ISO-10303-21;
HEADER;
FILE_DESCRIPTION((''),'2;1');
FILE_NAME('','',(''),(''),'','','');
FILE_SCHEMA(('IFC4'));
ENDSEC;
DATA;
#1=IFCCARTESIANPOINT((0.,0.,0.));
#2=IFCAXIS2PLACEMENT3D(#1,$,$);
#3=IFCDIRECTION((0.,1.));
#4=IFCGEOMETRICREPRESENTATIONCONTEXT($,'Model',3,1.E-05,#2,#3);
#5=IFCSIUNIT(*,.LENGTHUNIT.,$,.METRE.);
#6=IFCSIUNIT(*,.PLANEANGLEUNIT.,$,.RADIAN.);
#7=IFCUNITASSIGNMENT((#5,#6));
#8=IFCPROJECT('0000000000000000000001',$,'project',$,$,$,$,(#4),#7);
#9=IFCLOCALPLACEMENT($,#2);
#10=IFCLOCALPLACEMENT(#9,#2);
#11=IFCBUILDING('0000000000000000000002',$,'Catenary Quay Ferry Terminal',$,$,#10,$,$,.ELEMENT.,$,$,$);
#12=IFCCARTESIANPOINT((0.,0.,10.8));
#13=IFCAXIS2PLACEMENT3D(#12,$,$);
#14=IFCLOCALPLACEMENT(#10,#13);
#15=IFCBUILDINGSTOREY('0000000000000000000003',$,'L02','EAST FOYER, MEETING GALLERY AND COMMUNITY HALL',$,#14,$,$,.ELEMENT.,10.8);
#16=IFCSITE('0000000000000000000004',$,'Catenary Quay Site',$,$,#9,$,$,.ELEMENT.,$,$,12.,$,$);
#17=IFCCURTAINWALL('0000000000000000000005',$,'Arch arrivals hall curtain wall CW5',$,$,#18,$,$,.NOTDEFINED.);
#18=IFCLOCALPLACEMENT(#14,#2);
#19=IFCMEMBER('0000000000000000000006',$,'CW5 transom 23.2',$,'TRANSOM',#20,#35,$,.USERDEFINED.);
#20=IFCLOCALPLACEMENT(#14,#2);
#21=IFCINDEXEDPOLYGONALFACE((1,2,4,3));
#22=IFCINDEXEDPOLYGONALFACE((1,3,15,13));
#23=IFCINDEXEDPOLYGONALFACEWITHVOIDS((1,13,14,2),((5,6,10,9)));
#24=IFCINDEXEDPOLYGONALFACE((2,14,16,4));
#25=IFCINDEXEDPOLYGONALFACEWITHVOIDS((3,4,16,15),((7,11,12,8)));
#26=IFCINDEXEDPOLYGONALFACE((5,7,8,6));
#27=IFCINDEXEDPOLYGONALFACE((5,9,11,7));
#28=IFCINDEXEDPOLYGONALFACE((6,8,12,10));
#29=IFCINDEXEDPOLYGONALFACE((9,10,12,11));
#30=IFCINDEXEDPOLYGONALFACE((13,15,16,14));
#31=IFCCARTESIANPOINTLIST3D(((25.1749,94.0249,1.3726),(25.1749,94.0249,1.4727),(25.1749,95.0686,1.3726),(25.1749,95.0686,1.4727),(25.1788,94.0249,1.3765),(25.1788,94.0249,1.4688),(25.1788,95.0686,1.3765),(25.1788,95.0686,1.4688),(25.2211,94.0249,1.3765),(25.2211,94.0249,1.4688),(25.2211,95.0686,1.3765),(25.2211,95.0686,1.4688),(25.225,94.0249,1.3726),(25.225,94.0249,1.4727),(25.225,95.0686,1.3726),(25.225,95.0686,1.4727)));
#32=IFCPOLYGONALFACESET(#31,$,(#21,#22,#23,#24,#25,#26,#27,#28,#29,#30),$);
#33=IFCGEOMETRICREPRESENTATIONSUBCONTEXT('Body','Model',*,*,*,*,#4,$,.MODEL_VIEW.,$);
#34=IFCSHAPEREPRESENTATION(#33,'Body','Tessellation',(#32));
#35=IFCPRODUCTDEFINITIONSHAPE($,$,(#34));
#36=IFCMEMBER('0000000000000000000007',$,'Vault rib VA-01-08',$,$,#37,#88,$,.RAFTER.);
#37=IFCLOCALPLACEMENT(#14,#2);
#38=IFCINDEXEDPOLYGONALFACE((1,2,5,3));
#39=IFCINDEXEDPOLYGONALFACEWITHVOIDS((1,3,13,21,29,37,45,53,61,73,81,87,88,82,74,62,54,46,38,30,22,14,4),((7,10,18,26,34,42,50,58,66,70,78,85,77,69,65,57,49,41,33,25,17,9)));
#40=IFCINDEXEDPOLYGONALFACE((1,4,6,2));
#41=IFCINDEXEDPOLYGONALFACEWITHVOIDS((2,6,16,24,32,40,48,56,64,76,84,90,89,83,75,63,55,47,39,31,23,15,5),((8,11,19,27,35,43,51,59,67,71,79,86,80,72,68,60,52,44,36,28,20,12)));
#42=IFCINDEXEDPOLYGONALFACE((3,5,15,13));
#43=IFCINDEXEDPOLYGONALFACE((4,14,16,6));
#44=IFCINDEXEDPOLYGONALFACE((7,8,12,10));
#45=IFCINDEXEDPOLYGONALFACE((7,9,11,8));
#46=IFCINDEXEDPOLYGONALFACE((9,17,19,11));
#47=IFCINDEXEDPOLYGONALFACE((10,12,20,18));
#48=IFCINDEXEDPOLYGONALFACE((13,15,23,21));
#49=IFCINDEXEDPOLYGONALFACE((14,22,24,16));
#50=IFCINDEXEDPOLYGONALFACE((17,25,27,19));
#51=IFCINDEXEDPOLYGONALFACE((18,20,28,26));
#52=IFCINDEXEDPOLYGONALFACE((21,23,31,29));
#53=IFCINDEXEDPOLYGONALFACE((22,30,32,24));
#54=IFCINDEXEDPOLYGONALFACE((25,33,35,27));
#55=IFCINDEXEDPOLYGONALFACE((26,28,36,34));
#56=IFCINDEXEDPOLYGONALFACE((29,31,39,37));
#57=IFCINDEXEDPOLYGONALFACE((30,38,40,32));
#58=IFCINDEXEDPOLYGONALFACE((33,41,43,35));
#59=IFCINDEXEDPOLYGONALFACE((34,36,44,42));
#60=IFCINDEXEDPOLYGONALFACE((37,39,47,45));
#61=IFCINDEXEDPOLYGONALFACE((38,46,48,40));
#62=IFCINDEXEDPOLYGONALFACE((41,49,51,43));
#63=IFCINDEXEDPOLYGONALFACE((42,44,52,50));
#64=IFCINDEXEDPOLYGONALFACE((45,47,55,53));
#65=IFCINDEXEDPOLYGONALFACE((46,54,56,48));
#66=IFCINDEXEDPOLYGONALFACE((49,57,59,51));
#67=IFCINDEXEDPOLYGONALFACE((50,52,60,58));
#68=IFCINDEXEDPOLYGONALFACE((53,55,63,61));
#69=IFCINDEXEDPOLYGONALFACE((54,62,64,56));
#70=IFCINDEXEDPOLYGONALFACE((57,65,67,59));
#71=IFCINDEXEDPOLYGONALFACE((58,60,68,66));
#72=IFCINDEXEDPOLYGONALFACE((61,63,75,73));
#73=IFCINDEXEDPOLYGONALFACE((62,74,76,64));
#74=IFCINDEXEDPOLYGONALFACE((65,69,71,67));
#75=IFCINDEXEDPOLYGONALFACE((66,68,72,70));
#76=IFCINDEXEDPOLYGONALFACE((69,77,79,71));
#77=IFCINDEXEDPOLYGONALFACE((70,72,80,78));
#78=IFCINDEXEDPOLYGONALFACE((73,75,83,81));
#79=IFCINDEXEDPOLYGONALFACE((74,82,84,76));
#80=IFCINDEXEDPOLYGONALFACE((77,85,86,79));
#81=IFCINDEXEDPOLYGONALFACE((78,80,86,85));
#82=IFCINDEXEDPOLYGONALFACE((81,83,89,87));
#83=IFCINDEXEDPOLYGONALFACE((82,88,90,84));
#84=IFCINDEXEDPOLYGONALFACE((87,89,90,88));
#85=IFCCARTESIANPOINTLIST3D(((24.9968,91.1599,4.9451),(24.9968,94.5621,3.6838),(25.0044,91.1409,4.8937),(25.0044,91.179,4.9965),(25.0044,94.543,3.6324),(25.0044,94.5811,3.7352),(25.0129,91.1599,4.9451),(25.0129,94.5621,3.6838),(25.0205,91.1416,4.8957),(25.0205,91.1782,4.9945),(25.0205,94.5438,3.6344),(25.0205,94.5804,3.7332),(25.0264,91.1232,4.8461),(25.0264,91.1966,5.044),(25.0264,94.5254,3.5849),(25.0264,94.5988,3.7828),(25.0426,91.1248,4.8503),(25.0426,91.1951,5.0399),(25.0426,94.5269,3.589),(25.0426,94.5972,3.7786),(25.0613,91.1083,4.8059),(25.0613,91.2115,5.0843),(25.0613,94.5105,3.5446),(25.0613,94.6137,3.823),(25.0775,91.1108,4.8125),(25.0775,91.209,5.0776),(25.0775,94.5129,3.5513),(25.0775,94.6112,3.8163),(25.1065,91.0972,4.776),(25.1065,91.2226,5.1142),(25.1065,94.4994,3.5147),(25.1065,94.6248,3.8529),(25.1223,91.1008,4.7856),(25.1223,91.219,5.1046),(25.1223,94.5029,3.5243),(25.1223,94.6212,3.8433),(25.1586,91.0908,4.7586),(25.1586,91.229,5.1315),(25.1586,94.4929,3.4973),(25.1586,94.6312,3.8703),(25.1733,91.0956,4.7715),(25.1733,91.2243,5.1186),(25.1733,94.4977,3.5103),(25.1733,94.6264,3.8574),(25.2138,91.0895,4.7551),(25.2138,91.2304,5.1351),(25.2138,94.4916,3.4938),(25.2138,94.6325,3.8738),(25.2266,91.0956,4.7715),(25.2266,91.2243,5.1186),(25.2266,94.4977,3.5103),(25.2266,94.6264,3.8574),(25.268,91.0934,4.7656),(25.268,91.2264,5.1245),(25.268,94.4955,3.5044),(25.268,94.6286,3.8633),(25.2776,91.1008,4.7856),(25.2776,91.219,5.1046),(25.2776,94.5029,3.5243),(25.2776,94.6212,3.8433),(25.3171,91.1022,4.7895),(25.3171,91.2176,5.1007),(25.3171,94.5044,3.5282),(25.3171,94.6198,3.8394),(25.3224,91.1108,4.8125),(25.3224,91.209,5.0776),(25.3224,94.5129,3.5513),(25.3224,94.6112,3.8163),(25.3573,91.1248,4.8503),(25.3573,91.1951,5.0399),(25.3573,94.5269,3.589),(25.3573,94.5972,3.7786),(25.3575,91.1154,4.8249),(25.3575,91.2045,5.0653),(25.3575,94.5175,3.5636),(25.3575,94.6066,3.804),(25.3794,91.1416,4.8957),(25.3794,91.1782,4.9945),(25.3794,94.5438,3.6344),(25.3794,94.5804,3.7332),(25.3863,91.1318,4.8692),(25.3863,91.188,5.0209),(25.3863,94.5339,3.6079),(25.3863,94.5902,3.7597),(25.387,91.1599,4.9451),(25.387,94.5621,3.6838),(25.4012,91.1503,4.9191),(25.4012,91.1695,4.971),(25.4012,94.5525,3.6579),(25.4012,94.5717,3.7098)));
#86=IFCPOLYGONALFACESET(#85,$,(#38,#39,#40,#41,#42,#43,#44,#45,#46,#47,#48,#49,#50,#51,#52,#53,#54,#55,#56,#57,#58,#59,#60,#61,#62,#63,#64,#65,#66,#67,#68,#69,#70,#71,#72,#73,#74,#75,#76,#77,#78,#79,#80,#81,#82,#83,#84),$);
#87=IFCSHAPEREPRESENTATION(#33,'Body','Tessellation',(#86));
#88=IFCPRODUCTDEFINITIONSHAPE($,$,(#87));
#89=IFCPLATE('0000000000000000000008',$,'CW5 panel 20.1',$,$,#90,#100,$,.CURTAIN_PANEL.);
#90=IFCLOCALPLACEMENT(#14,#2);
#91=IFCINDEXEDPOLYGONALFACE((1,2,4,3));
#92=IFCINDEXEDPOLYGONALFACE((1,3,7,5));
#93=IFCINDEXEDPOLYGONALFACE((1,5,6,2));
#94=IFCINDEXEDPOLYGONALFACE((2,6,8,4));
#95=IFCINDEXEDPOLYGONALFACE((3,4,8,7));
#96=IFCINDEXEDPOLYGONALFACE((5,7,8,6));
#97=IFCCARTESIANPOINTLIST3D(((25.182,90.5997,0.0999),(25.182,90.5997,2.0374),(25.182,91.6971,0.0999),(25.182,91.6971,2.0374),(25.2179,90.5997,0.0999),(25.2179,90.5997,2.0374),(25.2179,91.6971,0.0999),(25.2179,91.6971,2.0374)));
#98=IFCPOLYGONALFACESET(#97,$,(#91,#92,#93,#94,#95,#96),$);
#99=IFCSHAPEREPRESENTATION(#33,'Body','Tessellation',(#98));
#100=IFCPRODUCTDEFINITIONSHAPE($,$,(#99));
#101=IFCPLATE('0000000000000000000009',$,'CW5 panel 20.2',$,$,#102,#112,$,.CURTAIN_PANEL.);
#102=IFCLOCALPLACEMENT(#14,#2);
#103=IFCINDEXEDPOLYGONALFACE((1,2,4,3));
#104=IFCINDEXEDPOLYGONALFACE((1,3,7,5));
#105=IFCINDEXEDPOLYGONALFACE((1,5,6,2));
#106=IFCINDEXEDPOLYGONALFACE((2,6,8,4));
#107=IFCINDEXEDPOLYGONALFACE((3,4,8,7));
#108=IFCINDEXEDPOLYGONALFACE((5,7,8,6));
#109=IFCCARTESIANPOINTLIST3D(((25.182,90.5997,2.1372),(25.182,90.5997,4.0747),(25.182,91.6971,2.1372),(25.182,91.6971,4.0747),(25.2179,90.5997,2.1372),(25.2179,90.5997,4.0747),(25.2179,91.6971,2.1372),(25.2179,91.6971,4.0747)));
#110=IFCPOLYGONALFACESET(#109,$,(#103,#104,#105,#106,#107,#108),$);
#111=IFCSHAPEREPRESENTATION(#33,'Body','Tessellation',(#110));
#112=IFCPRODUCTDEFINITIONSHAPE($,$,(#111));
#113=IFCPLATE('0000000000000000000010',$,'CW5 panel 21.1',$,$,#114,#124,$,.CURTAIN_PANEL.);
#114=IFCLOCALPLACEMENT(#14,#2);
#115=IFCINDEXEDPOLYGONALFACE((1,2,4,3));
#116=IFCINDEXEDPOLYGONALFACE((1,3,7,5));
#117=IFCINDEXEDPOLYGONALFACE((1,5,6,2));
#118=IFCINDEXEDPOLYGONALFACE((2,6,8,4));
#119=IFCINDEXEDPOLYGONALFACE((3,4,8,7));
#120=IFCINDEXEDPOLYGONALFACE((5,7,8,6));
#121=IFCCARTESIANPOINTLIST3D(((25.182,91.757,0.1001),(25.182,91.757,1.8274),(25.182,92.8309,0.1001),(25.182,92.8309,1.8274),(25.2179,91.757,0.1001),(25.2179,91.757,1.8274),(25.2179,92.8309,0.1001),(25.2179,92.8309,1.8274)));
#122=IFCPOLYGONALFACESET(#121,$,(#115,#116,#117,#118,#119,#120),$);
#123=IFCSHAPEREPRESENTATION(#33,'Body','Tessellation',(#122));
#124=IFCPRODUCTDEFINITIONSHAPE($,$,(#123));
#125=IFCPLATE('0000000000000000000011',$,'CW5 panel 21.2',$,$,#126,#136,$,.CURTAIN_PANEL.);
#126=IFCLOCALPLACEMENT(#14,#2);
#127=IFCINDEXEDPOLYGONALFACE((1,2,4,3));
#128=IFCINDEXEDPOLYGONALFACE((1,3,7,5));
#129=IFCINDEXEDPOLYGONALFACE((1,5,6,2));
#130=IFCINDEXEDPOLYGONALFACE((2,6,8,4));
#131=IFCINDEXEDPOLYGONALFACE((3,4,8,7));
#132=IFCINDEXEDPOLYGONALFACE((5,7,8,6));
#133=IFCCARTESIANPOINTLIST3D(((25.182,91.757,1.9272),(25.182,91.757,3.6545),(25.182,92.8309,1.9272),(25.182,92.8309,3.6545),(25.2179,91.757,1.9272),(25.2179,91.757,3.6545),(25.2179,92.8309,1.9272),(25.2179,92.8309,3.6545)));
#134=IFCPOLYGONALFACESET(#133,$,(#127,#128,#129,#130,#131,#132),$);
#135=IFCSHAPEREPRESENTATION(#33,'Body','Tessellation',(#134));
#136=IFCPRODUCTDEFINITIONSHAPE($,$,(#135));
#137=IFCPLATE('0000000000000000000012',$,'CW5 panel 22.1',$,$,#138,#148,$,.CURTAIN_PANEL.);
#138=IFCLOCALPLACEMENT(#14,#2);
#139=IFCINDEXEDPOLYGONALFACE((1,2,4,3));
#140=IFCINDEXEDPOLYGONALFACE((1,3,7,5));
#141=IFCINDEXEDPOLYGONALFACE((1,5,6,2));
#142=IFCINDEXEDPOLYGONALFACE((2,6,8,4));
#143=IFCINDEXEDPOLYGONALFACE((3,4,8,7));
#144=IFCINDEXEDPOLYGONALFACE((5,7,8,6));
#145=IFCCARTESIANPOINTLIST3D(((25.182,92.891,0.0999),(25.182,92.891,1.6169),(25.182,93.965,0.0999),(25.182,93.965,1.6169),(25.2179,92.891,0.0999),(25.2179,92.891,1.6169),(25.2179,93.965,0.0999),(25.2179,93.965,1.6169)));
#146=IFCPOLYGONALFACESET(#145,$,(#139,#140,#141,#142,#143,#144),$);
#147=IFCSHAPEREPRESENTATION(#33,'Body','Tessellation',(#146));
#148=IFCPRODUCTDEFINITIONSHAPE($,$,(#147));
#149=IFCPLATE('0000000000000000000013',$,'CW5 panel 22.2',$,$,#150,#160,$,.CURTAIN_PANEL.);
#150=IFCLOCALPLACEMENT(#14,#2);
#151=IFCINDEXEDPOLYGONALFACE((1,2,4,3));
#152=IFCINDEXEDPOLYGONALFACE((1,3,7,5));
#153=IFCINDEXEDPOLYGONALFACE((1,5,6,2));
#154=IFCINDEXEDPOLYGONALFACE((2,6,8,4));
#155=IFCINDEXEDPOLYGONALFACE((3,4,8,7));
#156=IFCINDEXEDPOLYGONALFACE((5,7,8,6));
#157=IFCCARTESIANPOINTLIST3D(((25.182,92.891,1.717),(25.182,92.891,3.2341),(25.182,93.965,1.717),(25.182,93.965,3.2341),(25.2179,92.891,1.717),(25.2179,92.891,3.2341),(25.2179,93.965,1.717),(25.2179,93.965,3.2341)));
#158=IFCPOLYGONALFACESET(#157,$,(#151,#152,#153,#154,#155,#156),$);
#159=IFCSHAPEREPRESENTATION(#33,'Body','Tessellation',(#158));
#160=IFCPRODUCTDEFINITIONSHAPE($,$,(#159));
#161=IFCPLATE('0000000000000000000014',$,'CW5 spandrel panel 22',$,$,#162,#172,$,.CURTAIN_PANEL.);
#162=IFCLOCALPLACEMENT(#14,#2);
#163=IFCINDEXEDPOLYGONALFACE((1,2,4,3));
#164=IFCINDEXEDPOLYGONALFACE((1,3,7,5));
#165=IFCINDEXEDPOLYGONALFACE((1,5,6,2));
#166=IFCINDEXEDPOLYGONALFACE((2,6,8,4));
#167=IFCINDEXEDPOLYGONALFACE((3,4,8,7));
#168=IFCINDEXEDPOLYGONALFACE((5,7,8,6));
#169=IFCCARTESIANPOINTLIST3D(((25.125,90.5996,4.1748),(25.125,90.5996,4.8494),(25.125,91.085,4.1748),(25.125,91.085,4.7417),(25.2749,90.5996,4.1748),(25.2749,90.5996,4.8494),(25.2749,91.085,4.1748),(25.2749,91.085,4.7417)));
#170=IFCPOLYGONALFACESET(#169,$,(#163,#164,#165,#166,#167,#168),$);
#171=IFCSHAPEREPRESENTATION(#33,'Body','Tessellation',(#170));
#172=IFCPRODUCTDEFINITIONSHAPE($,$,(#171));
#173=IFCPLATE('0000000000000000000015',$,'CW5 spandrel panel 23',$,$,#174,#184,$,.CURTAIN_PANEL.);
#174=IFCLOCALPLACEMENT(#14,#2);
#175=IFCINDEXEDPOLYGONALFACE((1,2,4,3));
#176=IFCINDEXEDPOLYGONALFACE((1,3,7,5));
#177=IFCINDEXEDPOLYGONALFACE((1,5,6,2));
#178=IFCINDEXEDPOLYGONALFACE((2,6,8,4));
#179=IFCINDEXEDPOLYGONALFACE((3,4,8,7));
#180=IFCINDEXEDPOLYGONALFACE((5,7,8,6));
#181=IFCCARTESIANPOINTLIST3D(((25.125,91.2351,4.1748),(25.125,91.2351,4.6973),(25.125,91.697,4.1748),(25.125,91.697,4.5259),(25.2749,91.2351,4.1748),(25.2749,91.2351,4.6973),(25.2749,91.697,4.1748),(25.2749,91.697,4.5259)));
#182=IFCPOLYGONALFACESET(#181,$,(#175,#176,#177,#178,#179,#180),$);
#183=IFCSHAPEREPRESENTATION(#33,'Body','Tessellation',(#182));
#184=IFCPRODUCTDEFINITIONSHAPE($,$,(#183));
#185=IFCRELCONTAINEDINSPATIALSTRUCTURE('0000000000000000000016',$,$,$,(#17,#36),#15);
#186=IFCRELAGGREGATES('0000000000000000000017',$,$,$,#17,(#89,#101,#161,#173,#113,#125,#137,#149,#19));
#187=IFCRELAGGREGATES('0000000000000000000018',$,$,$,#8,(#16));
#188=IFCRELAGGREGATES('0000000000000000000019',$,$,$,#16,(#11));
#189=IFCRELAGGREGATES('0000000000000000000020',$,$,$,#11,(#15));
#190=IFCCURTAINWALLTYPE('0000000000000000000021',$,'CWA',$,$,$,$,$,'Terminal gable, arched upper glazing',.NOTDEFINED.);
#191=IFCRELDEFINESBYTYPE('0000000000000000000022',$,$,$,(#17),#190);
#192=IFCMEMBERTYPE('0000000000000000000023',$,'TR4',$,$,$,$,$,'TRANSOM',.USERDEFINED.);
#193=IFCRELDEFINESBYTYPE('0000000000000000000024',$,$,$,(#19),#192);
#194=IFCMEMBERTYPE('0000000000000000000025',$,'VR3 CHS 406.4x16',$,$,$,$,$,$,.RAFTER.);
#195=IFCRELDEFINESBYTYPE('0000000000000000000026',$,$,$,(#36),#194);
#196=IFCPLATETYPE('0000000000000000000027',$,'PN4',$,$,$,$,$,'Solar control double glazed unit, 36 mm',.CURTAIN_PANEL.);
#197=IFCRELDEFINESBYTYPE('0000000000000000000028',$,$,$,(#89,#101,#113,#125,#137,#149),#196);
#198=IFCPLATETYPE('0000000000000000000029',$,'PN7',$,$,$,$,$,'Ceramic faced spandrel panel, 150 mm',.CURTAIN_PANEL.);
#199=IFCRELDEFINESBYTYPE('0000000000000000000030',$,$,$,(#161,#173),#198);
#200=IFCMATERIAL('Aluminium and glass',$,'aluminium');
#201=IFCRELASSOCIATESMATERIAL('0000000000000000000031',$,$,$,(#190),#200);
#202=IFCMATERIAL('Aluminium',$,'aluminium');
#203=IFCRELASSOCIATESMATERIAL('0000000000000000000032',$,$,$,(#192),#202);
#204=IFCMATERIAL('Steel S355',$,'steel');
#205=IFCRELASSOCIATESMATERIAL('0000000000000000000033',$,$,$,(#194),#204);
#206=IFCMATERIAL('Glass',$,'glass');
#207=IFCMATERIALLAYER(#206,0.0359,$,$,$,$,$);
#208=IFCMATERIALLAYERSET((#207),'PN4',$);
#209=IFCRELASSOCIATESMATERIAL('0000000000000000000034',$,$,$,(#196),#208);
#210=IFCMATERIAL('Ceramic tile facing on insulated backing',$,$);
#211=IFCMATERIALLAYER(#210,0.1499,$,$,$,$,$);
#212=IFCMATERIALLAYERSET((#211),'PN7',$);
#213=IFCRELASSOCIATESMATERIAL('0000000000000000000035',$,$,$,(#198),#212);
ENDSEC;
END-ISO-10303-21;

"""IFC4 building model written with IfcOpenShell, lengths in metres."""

from ifc_helpers import new_model, si_unit, direction, frame, origin, origin_2d, place, context, subcontext, project, spatial, polyline, rectangle, hollow_rectangle, hollow_circle, outline, extrude, material, layer, layer_set, material_profile, profile_set, type_object, element, aggregate, save


model = new_model("IFC4")

# Units and contexts
model_context = context("Model", 3, precision=1e-05, world=origin(), true_north=direction((0.0, 1.0)))
body_context = subcontext(model_context, "Body", "Model", "MODEL_VIEW")
ifc_project = project(units=[si_unit("LENGTHUNIT", "METRE"), si_unit("PLANEANGLEUNIT", "RADIAN")], contexts=[model_context])

# Site, building, storey
site_placement = place(None, origin())
site = spatial("IfcSite", under=ifc_project, at=site_placement, Name="Catenary Quay Site", CompositionType="ELEMENT", RefElevation=12.0)
building_placement = place(site_placement, origin())
building = spatial("IfcBuilding", under=site, at=building_placement, Name="Catenary Quay Ferry Terminal", CompositionType="ELEMENT")
storey_placement = place(building_placement, frame((0.0, 0.0, 10.8)))
storey = spatial("IfcBuildingStorey", under=building, at=storey_placement, Name="L02", Description="EAST FOYER, MEETING GALLERY AND COMMUNITY HALL", CompositionType="ELEMENT", Elevation=10.8)

# Curtain wall, member
ifc_material_1 = material(Name="Aluminium and glass", Category="aluminium")
curtain_wall_type = type_object("IfcCurtainWallType", Name="CWA", ElementType="Terminal gable, arched upper glazing", PredefinedType="NOTDEFINED", material=ifc_material_1)
curtain_wall_placement = place(storey_placement, origin())
curtain_wall = element("IfcCurtainWall", 1, at=curtain_wall_placement, inside=storey, type_object=curtain_wall_type, Name="Arch arrivals hall curtain wall CW5", PredefinedType="NOTDEFINED")
ifc_material_2 = material(Name="Aluminium", Category="aluminium")
ifc_material_profile_1 = material_profile(ifc_material_2, hollow_rectangle(XDim=0.05, YDim=0.1001, WallThickness=0.0039, at=origin_2d()), Name="TR4")
ifc_profile_set_1 = profile_set([ifc_material_profile_1], Name="Aluminium")
member_type_1 = type_object("IfcMemberType", Name="TR4", ElementType="TRANSOM", PredefinedType="USERDEFINED", material=ifc_profile_set_1)
member_1_placement = place(storey_placement, frame((25.2, 94.0249, 1.4226), z_axis=(0.0, 1.0, 0.0), x_axis=(-1.0, 0.0, 0.0)))
member_1 = element("IfcMember", 2, at=member_1_placement, type_object=member_type_1, Name="CW5 transom 23.2", ObjectType="TRANSOM", PredefinedType="USERDEFINED", context=body_context, shape_type="SweptSolid", body=[
    extrude(hollow_rectangle(XDim=0.05, YDim=0.1001, WallThickness=0.0039, at=origin_2d()), origin(), (0.0, 0.0, 1.0), 1.0437),
])

# Member
ifc_material_3 = material(Name="Steel S355", Category="steel")
ifc_material_profile_2 = material_profile(ifc_material_3, hollow_circle(Radius=0.2031, WallThickness=0.0161, at=origin_2d()), Name="CHS 406.4x16")
ifc_profile_set_2 = profile_set([ifc_material_profile_2], Name="Steel S355")
member_type_2 = type_object("IfcMemberType", Name="VR3 CHS 406.4x16", PredefinedType="RAFTER", material=ifc_profile_set_2)
member_2_placement = place(storey_placement, frame((25.2, 91.1599, 4.9451), z_axis=(0.0, 0.937642, -0.347604), x_axis=(-1.0, 0.0, 0.0)))
element("IfcMember", 3, at=member_2_placement, inside=storey, type_object=member_type_2, Name="Vault rib VA-01-08", PredefinedType="RAFTER", context=body_context, shape_type="SweptSolid", body=[
    extrude(hollow_circle(Radius=0.2031, WallThickness=0.0161, at=origin_2d()), origin(), (0.0, 0.0, 1.0), 3.6284),
])

# Plates
ifc_material_4 = material(Name="Glass", Category="glass")
ifc_layer_1 = layer(ifc_material_4, 0.0359)
ifc_layer_set_1 = layer_set([ifc_layer_1], Name="PN4")
plate_type_1 = type_object("IfcPlateType", Name="PN4", ElementType="Solar control double glazed unit, 36 mm", PredefinedType="CURTAIN_PANEL", material=ifc_layer_set_1)
plate_1_placement = place(storey_placement, frame((25.2, 91.1484, 0.0999), z_axis=(0.0, 0.0, 1.0), x_axis=(0.0, 1.0, 0.0)))
plate_1 = element("IfcPlate", 4, at=plate_1_placement, type_object=plate_type_1, Name="CW5 panel 20.1", PredefinedType="CURTAIN_PANEL", context=body_context, shape_type="SweptSolid", body=[
    extrude(rectangle(XDim=1.0974, YDim=0.0359, at=origin_2d()), origin(), (0.0, 0.0, 1.0), 1.9375),
])
plate_2_placement = place(storey_placement, frame((25.2, 91.1484, 2.1372), z_axis=(0.0, 0.0, 1.0), x_axis=(0.0, 1.0, 0.0)))
plate_2 = element("IfcPlate", 5, at=plate_2_placement, type_object=plate_type_1, Name="CW5 panel 20.2", PredefinedType="CURTAIN_PANEL", context=body_context, shape_type="SweptSolid", body=[
    extrude(rectangle(XDim=1.0974, YDim=0.0359, at=origin_2d()), origin(), (0.0, 0.0, 1.0), 1.9375),
])
plate_3_placement = place(storey_placement, frame((25.2, 92.2939, 0.1001), z_axis=(0.0, 0.0, 1.0), x_axis=(0.0, 1.0, 0.0)))
plate_3 = element("IfcPlate", 6, at=plate_3_placement, type_object=plate_type_1, Name="CW5 panel 21.1", PredefinedType="CURTAIN_PANEL", context=body_context, shape_type="SweptSolid", body=[
    extrude(rectangle(XDim=1.074, YDim=0.0359, at=origin_2d()), origin(), (0.0, 0.0, 1.0), 1.7273),
])
plate_4_placement = place(storey_placement, frame((25.2, 92.2939, 1.9272), z_axis=(0.0, 0.0, 1.0), x_axis=(0.0, 1.0, 0.0)))
plate_4 = element("IfcPlate", 7, at=plate_4_placement, type_object=plate_type_1, Name="CW5 panel 21.2", PredefinedType="CURTAIN_PANEL", context=body_context, shape_type="SweptSolid", body=[
    extrude(rectangle(XDim=1.074, YDim=0.0359, at=origin_2d()), origin(), (0.0, 0.0, 1.0), 1.7273),
])
plate_5_placement = place(storey_placement, frame((25.2, 93.428, 0.0999), z_axis=(0.0, 0.0, 1.0), x_axis=(0.0, 1.0, 0.0)))
plate_5 = element("IfcPlate", 8, at=plate_5_placement, type_object=plate_type_1, Name="CW5 panel 22.1", PredefinedType="CURTAIN_PANEL", context=body_context, shape_type="SweptSolid", body=[
    extrude(rectangle(XDim=1.074, YDim=0.0359, at=origin_2d()), origin(), (0.0, 0.0, 1.0), 1.5171),
])
plate_6_placement = place(storey_placement, frame((25.2, 93.428, 1.717), z_axis=(0.0, 0.0, 1.0), x_axis=(0.0, 1.0, 0.0)))
plate_6 = element("IfcPlate", 9, at=plate_6_placement, type_object=plate_type_1, Name="CW5 panel 22.2", PredefinedType="CURTAIN_PANEL", context=body_context, shape_type="SweptSolid", body=[
    extrude(rectangle(XDim=1.074, YDim=0.0359, at=origin_2d()), origin(), (0.0, 0.0, 1.0), 1.5171),
])
ifc_material_5 = material(Name="Ceramic tile facing on insulated backing")
ifc_layer_2 = layer(ifc_material_5, 0.1499)
ifc_layer_set_2 = layer_set([ifc_layer_2], Name="PN7")
plate_type_2 = type_object("IfcPlateType", Name="PN7", ElementType="Ceramic faced spandrel panel, 150 mm", PredefinedType="CURTAIN_PANEL", material=ifc_layer_set_2)
plate_7_placement = place(storey_placement, frame((25.2, 90.5996, 4.1748), z_axis=(0.0, 0.0, 1.0), x_axis=(0.0, 1.0, 0.0)))
plate_7 = element("IfcPlate", 10, at=plate_7_placement, type_object=plate_type_2, Name="CW5 spandrel panel 22", PredefinedType="CURTAIN_PANEL", context=body_context, shape_type="SweptSolid", body=[
    extrude(outline(polyline([(0.0, 0.0), (0.4854, 0.0), (0.4854, 0.5669), (0.0, 0.6746), (0.0, 0.0)])), frame((0.0, 0.075, 0.0), z_axis=(0.0, -1.0, 0.0), x_axis=(1.0, 0.0, 0.0)), (0.0, 0.0, 1.0), 0.1499),
])
plate_8_placement = place(storey_placement, frame((25.2, 91.2351, 4.1748), z_axis=(0.0, 0.0, 1.0), x_axis=(0.0, 1.0, 0.0)))
plate_8 = element("IfcPlate", 11, at=plate_8_placement, type_object=plate_type_2, Name="CW5 spandrel panel 23", PredefinedType="CURTAIN_PANEL", context=body_context, shape_type="SweptSolid", body=[
    extrude(outline(polyline([(0.0, 0.0), (0.4619, 0.0), (0.4619, 0.3511), (0.0, 0.5225), (0.0, 0.0)])), frame((0.0, 0.075, 0.0), z_axis=(0.0, -1.0, 0.0), x_axis=(1.0, 0.0, 0.0)), (0.0, 0.0, 1.0), 0.1499),
])
aggregate(curtain_wall, [plate_1, plate_2, plate_7, plate_8, plate_3, plate_4, plate_5, plate_6, member_1])

save(model, "model.ifc")
